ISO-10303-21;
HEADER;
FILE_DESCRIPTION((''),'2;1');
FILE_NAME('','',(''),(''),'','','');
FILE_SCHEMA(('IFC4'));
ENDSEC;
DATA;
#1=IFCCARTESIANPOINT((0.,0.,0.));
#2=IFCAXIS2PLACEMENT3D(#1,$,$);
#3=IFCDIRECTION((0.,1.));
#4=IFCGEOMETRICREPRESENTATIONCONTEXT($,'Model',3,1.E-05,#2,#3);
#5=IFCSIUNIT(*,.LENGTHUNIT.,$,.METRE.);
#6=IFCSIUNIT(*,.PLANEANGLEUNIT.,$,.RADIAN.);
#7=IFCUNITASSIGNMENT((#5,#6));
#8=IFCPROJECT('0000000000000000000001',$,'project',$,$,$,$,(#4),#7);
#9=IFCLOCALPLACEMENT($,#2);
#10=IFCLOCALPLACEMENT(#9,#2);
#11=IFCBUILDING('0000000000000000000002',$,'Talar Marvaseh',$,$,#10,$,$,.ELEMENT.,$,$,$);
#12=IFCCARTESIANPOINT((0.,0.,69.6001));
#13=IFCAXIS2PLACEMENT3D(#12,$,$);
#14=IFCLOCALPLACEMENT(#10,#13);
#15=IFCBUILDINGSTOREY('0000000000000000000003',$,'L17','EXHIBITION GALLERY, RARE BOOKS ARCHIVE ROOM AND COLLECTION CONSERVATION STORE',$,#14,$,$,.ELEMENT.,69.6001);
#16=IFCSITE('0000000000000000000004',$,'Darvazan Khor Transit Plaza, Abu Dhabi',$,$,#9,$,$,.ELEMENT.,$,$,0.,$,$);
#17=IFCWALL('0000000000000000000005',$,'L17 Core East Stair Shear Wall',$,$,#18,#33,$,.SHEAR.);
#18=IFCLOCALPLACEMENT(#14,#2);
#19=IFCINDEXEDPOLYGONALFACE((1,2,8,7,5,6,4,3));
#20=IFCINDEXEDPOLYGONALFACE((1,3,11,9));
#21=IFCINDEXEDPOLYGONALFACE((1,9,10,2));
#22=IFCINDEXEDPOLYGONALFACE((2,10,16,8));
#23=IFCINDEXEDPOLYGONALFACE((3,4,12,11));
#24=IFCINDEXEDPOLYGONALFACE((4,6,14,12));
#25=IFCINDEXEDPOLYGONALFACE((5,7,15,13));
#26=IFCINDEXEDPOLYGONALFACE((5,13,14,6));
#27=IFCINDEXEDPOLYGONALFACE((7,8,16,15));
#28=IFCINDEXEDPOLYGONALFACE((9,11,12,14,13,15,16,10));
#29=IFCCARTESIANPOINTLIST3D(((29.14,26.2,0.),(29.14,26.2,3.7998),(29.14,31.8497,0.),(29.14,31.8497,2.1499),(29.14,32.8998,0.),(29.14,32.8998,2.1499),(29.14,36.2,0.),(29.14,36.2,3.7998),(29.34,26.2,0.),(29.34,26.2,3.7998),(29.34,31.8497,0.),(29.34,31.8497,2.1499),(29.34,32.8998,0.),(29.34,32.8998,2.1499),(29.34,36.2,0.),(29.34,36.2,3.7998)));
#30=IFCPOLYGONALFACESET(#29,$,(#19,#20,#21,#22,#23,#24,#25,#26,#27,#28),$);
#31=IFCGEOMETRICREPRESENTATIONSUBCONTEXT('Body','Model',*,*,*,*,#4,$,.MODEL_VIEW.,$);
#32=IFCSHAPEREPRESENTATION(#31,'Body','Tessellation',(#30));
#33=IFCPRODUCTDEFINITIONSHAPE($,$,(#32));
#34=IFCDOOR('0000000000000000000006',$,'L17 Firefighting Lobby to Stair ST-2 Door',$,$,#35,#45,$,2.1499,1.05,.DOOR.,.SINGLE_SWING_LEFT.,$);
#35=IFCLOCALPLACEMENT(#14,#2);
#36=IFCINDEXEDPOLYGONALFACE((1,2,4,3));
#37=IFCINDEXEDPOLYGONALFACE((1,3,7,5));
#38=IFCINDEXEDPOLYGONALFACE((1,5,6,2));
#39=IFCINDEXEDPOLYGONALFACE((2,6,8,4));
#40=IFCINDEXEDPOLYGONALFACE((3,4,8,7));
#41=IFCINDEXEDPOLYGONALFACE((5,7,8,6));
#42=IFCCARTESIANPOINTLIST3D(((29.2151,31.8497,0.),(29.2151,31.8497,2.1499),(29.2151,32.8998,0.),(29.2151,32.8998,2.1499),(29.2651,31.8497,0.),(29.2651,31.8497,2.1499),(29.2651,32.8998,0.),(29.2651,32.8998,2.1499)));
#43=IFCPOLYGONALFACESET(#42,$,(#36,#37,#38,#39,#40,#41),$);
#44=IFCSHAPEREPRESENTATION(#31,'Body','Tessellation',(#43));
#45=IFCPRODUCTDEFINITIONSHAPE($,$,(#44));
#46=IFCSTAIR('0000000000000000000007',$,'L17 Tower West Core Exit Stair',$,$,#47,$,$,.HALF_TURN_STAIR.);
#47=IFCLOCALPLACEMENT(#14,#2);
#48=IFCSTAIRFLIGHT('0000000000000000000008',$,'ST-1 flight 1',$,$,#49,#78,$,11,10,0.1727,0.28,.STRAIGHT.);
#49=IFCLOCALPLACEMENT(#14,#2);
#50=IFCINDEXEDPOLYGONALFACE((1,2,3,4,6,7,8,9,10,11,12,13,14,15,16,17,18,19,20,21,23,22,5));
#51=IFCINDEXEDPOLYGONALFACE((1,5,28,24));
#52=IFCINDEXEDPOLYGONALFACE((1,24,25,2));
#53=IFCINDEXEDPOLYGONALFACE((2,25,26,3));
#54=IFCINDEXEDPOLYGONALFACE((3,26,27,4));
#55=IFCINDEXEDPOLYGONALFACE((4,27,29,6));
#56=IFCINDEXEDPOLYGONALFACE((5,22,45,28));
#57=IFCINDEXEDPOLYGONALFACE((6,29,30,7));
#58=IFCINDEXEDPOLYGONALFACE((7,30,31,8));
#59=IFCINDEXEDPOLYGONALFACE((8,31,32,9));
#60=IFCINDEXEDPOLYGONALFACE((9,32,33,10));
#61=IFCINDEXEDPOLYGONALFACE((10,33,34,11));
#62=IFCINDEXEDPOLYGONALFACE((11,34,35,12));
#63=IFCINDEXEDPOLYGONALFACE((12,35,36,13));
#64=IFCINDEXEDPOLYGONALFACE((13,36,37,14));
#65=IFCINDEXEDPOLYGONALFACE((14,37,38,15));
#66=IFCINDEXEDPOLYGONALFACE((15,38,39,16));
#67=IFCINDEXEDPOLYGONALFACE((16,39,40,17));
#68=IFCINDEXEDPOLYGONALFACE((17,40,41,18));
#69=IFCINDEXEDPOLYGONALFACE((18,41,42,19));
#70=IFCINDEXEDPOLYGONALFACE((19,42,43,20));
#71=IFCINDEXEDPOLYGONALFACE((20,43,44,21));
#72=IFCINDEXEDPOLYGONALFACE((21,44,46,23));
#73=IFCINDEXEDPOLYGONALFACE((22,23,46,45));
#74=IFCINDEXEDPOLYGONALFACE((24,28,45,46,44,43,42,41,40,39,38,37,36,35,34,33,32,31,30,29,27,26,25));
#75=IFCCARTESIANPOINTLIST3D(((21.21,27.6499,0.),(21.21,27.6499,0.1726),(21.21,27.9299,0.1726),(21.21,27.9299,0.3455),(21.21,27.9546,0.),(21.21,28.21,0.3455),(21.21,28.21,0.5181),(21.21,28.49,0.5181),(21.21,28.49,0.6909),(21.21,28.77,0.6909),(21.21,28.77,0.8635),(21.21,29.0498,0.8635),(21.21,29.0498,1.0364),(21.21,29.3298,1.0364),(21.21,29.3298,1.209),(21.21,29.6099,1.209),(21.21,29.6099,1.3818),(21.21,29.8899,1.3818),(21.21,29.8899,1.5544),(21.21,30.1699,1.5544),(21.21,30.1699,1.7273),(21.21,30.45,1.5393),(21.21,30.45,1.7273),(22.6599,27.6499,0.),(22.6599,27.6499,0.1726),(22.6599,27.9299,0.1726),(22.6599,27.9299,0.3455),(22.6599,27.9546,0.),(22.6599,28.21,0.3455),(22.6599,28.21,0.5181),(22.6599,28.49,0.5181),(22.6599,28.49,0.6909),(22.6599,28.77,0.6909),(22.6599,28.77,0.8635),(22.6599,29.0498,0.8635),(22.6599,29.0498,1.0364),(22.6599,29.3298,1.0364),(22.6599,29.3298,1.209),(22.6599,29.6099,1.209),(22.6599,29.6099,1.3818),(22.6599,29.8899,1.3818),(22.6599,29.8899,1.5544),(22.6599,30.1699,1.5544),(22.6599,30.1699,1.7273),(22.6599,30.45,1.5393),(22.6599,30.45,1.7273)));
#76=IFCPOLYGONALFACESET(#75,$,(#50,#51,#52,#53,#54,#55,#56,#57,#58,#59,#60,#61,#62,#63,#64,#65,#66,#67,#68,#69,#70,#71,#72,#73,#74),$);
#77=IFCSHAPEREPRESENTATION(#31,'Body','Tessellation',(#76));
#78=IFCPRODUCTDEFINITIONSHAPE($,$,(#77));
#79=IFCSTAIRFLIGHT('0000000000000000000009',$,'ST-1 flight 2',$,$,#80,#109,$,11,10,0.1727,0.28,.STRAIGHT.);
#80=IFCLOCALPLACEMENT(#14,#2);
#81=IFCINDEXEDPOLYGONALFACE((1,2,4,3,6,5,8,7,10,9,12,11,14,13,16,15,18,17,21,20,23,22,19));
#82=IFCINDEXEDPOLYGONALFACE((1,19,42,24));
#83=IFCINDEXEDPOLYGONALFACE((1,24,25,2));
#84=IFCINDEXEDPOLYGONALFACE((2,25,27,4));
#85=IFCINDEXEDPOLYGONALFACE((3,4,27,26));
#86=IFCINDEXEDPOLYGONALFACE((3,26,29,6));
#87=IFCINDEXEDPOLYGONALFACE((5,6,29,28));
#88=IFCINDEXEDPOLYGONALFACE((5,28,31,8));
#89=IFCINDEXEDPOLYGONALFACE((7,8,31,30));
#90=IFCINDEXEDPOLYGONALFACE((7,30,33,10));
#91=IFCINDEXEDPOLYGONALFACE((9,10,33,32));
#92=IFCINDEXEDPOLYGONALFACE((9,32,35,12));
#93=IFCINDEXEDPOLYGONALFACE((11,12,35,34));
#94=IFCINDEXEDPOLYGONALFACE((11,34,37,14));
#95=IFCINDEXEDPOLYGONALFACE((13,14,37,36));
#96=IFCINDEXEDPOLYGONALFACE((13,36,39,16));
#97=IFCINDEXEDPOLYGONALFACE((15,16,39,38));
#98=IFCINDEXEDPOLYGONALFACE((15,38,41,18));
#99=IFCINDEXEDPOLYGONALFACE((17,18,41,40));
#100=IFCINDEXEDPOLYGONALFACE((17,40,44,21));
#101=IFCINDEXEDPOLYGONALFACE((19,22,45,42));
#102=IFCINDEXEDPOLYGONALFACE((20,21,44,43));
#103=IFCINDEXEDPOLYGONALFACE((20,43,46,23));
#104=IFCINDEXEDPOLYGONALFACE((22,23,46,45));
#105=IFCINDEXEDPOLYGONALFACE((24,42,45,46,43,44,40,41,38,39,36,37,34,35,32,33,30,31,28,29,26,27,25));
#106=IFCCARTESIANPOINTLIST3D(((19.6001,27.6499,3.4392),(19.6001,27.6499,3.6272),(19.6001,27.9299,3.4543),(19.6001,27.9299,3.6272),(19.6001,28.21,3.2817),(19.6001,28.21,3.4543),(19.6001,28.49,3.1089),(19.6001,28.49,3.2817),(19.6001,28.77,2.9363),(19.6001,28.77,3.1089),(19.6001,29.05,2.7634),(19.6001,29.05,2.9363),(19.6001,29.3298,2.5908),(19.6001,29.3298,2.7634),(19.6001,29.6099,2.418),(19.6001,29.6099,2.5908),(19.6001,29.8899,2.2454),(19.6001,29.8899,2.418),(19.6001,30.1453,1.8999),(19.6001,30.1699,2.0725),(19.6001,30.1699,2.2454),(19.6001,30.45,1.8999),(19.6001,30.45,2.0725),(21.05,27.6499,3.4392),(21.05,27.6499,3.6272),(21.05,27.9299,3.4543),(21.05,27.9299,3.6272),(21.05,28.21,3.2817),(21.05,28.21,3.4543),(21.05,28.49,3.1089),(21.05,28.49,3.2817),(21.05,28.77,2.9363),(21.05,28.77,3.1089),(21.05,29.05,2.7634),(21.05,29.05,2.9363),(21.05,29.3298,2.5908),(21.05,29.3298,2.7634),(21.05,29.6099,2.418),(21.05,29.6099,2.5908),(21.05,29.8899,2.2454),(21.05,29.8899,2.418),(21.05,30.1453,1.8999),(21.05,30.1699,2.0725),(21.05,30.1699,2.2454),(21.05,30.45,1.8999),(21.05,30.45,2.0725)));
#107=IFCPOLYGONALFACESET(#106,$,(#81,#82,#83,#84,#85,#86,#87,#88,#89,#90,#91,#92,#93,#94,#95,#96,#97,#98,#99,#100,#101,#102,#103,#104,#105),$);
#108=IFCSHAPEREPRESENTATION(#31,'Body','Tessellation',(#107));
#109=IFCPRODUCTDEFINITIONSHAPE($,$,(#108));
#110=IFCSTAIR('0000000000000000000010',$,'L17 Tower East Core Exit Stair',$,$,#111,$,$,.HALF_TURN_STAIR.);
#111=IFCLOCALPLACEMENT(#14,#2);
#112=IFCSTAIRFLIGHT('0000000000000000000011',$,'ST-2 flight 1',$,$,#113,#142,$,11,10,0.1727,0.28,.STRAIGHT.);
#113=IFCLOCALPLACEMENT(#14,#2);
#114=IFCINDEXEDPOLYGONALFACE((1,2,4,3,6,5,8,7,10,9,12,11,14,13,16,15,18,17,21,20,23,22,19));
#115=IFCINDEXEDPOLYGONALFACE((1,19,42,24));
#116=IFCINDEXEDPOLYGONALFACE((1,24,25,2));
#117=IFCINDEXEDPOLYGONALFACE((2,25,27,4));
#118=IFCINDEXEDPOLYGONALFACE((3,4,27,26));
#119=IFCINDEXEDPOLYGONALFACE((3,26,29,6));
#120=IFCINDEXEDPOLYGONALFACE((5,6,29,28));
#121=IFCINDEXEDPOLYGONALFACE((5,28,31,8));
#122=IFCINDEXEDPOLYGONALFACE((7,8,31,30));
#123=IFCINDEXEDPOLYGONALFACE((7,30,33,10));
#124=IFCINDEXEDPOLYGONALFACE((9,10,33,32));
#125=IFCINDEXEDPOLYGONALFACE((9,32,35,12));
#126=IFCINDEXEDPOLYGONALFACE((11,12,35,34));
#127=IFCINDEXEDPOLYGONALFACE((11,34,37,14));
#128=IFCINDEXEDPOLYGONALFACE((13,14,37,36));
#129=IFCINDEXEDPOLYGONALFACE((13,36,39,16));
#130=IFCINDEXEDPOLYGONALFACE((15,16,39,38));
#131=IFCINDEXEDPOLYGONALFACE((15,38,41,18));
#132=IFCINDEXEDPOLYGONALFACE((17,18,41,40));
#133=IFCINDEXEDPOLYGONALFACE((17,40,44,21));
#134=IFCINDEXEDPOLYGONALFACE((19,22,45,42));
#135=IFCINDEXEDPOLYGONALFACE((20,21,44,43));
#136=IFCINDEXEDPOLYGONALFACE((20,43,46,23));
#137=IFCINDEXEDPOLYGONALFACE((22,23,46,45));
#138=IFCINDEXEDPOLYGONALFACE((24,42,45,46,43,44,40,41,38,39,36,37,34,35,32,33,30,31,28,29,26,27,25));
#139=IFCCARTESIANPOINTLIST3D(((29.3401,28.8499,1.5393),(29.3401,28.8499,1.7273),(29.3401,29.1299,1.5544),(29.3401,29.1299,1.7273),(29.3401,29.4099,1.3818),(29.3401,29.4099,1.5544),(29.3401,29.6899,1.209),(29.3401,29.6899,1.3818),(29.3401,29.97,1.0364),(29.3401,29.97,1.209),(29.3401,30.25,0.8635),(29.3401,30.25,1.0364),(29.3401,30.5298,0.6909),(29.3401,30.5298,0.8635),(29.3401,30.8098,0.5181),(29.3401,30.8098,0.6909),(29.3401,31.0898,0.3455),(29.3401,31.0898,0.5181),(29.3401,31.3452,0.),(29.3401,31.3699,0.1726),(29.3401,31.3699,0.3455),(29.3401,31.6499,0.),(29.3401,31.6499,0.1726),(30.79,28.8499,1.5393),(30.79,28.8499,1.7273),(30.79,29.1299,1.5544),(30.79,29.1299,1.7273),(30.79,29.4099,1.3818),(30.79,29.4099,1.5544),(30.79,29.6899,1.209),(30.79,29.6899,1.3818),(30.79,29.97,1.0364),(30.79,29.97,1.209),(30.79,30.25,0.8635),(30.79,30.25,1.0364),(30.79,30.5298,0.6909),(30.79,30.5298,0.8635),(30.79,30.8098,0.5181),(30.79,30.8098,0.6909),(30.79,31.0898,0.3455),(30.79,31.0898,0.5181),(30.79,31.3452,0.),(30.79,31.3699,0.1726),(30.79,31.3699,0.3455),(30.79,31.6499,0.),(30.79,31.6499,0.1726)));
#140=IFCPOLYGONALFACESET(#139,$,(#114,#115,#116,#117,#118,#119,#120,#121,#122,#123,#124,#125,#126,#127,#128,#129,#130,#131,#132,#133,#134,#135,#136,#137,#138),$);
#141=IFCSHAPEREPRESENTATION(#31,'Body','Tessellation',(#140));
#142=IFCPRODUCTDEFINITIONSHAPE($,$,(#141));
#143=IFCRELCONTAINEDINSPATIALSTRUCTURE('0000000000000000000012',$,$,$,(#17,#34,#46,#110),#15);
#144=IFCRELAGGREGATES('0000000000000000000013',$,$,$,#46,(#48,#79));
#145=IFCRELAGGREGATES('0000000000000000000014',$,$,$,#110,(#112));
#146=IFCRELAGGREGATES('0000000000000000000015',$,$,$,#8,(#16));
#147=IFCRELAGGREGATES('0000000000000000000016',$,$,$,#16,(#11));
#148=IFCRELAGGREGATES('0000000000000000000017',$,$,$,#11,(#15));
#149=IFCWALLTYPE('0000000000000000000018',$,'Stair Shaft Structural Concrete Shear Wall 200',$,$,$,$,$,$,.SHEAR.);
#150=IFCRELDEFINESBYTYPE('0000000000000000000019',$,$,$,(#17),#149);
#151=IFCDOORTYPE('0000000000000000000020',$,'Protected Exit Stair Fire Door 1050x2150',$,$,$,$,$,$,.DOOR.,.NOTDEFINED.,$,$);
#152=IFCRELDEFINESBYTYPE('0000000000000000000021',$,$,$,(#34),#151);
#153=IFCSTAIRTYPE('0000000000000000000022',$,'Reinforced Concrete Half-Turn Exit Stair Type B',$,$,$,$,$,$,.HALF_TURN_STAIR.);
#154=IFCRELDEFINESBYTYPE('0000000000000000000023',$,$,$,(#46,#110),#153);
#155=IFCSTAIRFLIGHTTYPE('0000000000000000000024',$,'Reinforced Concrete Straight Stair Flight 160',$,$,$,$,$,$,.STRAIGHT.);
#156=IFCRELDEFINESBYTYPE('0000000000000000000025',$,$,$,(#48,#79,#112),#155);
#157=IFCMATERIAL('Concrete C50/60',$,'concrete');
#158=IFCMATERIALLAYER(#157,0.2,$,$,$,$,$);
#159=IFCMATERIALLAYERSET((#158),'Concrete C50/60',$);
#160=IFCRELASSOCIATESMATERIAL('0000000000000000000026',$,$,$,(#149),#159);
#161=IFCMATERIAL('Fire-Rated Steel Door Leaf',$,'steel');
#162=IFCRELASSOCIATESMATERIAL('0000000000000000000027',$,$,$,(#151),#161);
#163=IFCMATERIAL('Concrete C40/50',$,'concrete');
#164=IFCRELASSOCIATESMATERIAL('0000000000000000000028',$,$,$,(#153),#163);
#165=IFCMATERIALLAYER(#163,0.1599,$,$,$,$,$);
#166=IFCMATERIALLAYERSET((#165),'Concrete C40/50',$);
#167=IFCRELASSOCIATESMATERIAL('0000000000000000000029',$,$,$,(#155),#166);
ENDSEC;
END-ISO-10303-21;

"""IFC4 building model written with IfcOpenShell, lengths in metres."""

from ifc_helpers import new_model, si_unit, direction, frame, frame_2d, origin, place, context, subcontext, project, spatial, polyline, rectangle, outline, extrude, source, transform, mapped, material, layer, layer_set, type_object, type_shapes, element, fill, aggregate, save


model = new_model("IFC4")

# Units and contexts
model_context = context("Model", 3, precision=1e-05, world=origin(), true_north=direction((0.0, 1.0)))
body_context = subcontext(model_context, "Body", "Model", "MODEL_VIEW")
ifc_project = project(units=[si_unit("LENGTHUNIT", "METRE"), si_unit("PLANEANGLEUNIT", "RADIAN")], contexts=[model_context])

# Site, building, storey
site_placement = place(None, origin())
site = spatial("IfcSite", under=ifc_project, at=site_placement, Name="Darvazan Khor Transit Plaza, Abu Dhabi", CompositionType="ELEMENT", RefElevation=0.0)
building_placement = place(site_placement, origin())
building = spatial("IfcBuilding", under=site, at=building_placement, Name="Talar Marvaseh", CompositionType="ELEMENT")
storey_placement = place(building_placement, frame((0.0, 0.0, 69.6001)))
storey = spatial("IfcBuildingStorey", under=building, at=storey_placement, Name="L17", Description="EXHIBITION GALLERY, RARE BOOKS ARCHIVE ROOM AND COLLECTION CONSERVATION STORE", CompositionType="ELEMENT", Elevation=69.6001)

# Shared definitions
ifc_material_1 = material(Name="Concrete C40/50", Category="concrete")

# Shared definitions
ifc_material_2 = material(Name="Fire-Rated Steel Door Leaf", Category="steel")

# Shared definitions
ifc_material_3 = material(Name="Concrete C50/60", Category="concrete")
ifc_layer_1 = layer(ifc_material_3, 0.2)
ifc_layer_set_1 = layer_set([ifc_layer_1], Name="Concrete C50/60")
wall_type_1 = type_object("IfcWallType", Name="Stair Shaft Structural Concrete Shear Wall 200", PredefinedType="SHEAR", material=ifc_layer_set_1)

# Wall, opening, door
wall_1_placement = place(storey_placement, frame((29.24, 26.2, 0.0), z_axis=(0.0, 0.0, 1.0), x_axis=(0.0, 1.0, 0.0)))
wall_1 = element("IfcWall", 1, at=wall_1_placement, inside=storey, type_object=wall_type_1, Name="L17 Core East Stair Shear Wall", PredefinedType="SHEAR", context=body_context, shape_type="SweptSolid", body=[
    extrude(rectangle(XDim=10.0, YDim=0.2, at=frame_2d((5.0, 0.0))), origin(), (0.0, 0.0, 1.0), 3.7998),
])
opening_1_placement = place(wall_1_placement, frame((5.6499, 0.0, 0.0)))
opening_1 = element("IfcOpeningElement", 2, at=opening_1_placement, cuts=wall_1, PredefinedType="OPENING", context=body_context, shape_type="SweptSolid", body=[
    extrude(rectangle(XDim=1.05, YDim=2.1499, at=frame_2d((0.5249, 1.075))), frame((0.0, 0.1099, 0.0), z_axis=(0.0, -1.0, 0.0), x_axis=(1.0, 0.0, 0.0)), (0.0, 0.0, 1.0), 0.22),
])
door_type_1 = type_object("IfcDoorType", Name="Protected Exit Stair Fire Door 1050x2150", OperationType="NOTDEFINED", PredefinedType="DOOR", material=ifc_material_2)
shared_shape_1 = source(origin(), body_context, "Body", "SweptSolid", [
    extrude(rectangle(XDim=1.05, YDim=2.1499, at=frame_2d((0.5249, 1.075))), frame((0.0, 0.0249, 0.0), z_axis=(0.0, -1.0, 0.0), x_axis=(1.0, 0.0, 0.0)), (0.0, 0.0, 1.0), 0.05),
])
type_shapes(door_type_1, [shared_shape_1])
door_1_placement = place(opening_1_placement, origin())
door_1 = element("IfcDoor", 3, at=door_1_placement, inside=storey, type_object=door_type_1, Name="L17 Firefighting Lobby to Stair ST-2 Door", OperationType="SINGLE_SWING_LEFT", OverallHeight=2.1499, OverallWidth=1.05, PredefinedType="DOOR", context=body_context, shape_type="MappedRepresentation", body=[
    mapped(shared_shape_1, transform((0.0, 0.0, 0.0), x_axis=(1.0, 0.0, 0.0), y_axis=(0.0, 1.0, 0.0), z_axis=(0.0, 0.0, 1.0), scale=1.0)),
])
fill(opening_1, door_1)

# Stair, stair flights
stair_type = type_object("IfcStairType", Name="Reinforced Concrete Half-Turn Exit Stair Type B", PredefinedType="HALF_TURN_STAIR", material=ifc_material_1)
stair_1_placement = place(storey_placement, origin())
stair_1 = element("IfcStair", 4, at=stair_1_placement, inside=storey, type_object=stair_type, Name="L17 Tower West Core Exit Stair", PredefinedType="HALF_TURN_STAIR")
ifc_layer_2 = layer(ifc_material_1, 0.1599)
ifc_layer_set_2 = layer_set([ifc_layer_2], Name="Concrete C40/50")
stair_flight_type = type_object("IfcStairFlightType", Name="Reinforced Concrete Straight Stair Flight 160", PredefinedType="STRAIGHT", material=ifc_layer_set_2)
stair_flight_1_placement = place(storey_placement, frame((21.9351, 27.6499, 0.0), z_axis=(0.0, 0.0, 1.0), x_axis=(0.0, 1.0, 0.0)))
stair_flight_1 = element("IfcStairFlight", 5, at=stair_flight_1_placement, type_object=stair_flight_type, Name="ST-1 flight 1", NumberOfRisers=11, NumberOfTreads=10, PredefinedType="STRAIGHT", RiserHeight=0.1727, TreadLength=0.28, context=body_context, shape_type="SweptSolid", body=[
    extrude(outline(polyline([(0.0, 0.0), (0.0, 0.1726), (0.28, 0.1726), (0.28, 0.3455), (0.5601, 0.3455), (0.5601, 0.5181), (0.8401, 0.5181), (0.8401, 0.6909), (1.1201, 0.6909), (1.1201, 0.8635), (1.3999, 0.8635), (1.3999, 1.0364), (1.6799, 1.0364), (1.6799, 1.209), (1.96, 1.209), (1.96, 1.3818), (2.24, 1.3818), (2.24, 1.5544), (2.52, 1.5544), (2.52, 1.7273), (2.8, 1.7273), (2.8, 1.8999), (2.8, 1.5393), (0.3047, 0.0), (0.0, 0.0)])), frame((0.0, 0.7251, 0.0), z_axis=(0.0, -1.0, 0.0), x_axis=(1.0, 0.0, 0.0)), (0.0, 0.0, 1.0), 1.45),
])
stair_flight_2_placement = place(storey_placement, frame((20.325, 30.45, 1.8999), z_axis=(0.0, 0.0, 1.0), x_axis=(0.0, -1.0, 0.0)))
stair_flight_2 = element("IfcStairFlight", 6, at=stair_flight_2_placement, type_object=stair_flight_type, Name="ST-1 flight 2", NumberOfRisers=11, NumberOfTreads=10, PredefinedType="STRAIGHT", RiserHeight=0.1727, TreadLength=0.28, context=body_context, shape_type="SweptSolid", body=[
    extrude(outline(polyline([(0.0, 0.0), (0.0, 0.1726), (0.28, 0.1726), (0.28, 0.3455), (0.5601, 0.3455), (0.5601, 0.5181), (0.8401, 0.5181), (0.8401, 0.6909), (1.1201, 0.6909), (1.1201, 0.8635), (1.3999, 0.8635), (1.3999, 1.0364), (1.6799, 1.0364), (1.6799, 1.209), (1.96, 1.209), (1.96, 1.3818), (2.24, 1.3818), (2.24, 1.5544), (2.52, 1.5544), (2.52, 1.7273), (2.8, 1.7273), (2.8, 1.8999), (2.8, 1.5393), (0.3047, 0.0), (0.0, 0.0)])), frame((0.0, 0.7251, 0.0), z_axis=(0.0, -1.0, 0.0), x_axis=(1.0, 0.0, 0.0)), (0.0, 0.0, 1.0), 1.45),
])
aggregate(stair_1, [stair_flight_1, stair_flight_2])

# Stair, stair flight
stair_2_placement = place(storey_placement, origin())
stair_2 = element("IfcStair", 7, at=stair_2_placement, inside=storey, type_object=stair_type, Name="L17 Tower East Core Exit Stair", PredefinedType="HALF_TURN_STAIR")
stair_flight_3_placement = place(storey_placement, frame((30.0649, 31.6499, 0.0), z_axis=(0.0, 0.0, 1.0), x_axis=(0.0, -1.0, 0.0)))
stair_flight_3 = element("IfcStairFlight", 8, at=stair_flight_3_placement, type_object=stair_flight_type, Name="ST-2 flight 1", NumberOfRisers=11, NumberOfTreads=10, PredefinedType="STRAIGHT", RiserHeight=0.1727, TreadLength=0.28, context=body_context, shape_type="SweptSolid", body=[
    extrude(outline(polyline([(0.0, 0.0), (0.0, 0.1726), (0.28, 0.1726), (0.28, 0.3455), (0.5601, 0.3455), (0.5601, 0.5181), (0.8401, 0.5181), (0.8401, 0.6909), (1.1201, 0.6909), (1.1201, 0.8635), (1.3999, 0.8635), (1.3999, 1.0364), (1.6799, 1.0364), (1.6799, 1.209), (1.96, 1.209), (1.96, 1.3818), (2.24, 1.3818), (2.24, 1.5544), (2.52, 1.5544), (2.52, 1.7273), (2.8, 1.7273), (2.8, 1.8999), (2.8, 1.5393), (0.3047, 0.0), (0.0, 0.0)])), frame((0.0, 0.7251, 0.0), z_axis=(0.0, -1.0, 0.0), x_axis=(1.0, 0.0, 0.0)), (0.0, 0.0, 1.0), 1.45),
])
aggregate(stair_2, [stair_flight_3])

save(model, "model.ifc")
